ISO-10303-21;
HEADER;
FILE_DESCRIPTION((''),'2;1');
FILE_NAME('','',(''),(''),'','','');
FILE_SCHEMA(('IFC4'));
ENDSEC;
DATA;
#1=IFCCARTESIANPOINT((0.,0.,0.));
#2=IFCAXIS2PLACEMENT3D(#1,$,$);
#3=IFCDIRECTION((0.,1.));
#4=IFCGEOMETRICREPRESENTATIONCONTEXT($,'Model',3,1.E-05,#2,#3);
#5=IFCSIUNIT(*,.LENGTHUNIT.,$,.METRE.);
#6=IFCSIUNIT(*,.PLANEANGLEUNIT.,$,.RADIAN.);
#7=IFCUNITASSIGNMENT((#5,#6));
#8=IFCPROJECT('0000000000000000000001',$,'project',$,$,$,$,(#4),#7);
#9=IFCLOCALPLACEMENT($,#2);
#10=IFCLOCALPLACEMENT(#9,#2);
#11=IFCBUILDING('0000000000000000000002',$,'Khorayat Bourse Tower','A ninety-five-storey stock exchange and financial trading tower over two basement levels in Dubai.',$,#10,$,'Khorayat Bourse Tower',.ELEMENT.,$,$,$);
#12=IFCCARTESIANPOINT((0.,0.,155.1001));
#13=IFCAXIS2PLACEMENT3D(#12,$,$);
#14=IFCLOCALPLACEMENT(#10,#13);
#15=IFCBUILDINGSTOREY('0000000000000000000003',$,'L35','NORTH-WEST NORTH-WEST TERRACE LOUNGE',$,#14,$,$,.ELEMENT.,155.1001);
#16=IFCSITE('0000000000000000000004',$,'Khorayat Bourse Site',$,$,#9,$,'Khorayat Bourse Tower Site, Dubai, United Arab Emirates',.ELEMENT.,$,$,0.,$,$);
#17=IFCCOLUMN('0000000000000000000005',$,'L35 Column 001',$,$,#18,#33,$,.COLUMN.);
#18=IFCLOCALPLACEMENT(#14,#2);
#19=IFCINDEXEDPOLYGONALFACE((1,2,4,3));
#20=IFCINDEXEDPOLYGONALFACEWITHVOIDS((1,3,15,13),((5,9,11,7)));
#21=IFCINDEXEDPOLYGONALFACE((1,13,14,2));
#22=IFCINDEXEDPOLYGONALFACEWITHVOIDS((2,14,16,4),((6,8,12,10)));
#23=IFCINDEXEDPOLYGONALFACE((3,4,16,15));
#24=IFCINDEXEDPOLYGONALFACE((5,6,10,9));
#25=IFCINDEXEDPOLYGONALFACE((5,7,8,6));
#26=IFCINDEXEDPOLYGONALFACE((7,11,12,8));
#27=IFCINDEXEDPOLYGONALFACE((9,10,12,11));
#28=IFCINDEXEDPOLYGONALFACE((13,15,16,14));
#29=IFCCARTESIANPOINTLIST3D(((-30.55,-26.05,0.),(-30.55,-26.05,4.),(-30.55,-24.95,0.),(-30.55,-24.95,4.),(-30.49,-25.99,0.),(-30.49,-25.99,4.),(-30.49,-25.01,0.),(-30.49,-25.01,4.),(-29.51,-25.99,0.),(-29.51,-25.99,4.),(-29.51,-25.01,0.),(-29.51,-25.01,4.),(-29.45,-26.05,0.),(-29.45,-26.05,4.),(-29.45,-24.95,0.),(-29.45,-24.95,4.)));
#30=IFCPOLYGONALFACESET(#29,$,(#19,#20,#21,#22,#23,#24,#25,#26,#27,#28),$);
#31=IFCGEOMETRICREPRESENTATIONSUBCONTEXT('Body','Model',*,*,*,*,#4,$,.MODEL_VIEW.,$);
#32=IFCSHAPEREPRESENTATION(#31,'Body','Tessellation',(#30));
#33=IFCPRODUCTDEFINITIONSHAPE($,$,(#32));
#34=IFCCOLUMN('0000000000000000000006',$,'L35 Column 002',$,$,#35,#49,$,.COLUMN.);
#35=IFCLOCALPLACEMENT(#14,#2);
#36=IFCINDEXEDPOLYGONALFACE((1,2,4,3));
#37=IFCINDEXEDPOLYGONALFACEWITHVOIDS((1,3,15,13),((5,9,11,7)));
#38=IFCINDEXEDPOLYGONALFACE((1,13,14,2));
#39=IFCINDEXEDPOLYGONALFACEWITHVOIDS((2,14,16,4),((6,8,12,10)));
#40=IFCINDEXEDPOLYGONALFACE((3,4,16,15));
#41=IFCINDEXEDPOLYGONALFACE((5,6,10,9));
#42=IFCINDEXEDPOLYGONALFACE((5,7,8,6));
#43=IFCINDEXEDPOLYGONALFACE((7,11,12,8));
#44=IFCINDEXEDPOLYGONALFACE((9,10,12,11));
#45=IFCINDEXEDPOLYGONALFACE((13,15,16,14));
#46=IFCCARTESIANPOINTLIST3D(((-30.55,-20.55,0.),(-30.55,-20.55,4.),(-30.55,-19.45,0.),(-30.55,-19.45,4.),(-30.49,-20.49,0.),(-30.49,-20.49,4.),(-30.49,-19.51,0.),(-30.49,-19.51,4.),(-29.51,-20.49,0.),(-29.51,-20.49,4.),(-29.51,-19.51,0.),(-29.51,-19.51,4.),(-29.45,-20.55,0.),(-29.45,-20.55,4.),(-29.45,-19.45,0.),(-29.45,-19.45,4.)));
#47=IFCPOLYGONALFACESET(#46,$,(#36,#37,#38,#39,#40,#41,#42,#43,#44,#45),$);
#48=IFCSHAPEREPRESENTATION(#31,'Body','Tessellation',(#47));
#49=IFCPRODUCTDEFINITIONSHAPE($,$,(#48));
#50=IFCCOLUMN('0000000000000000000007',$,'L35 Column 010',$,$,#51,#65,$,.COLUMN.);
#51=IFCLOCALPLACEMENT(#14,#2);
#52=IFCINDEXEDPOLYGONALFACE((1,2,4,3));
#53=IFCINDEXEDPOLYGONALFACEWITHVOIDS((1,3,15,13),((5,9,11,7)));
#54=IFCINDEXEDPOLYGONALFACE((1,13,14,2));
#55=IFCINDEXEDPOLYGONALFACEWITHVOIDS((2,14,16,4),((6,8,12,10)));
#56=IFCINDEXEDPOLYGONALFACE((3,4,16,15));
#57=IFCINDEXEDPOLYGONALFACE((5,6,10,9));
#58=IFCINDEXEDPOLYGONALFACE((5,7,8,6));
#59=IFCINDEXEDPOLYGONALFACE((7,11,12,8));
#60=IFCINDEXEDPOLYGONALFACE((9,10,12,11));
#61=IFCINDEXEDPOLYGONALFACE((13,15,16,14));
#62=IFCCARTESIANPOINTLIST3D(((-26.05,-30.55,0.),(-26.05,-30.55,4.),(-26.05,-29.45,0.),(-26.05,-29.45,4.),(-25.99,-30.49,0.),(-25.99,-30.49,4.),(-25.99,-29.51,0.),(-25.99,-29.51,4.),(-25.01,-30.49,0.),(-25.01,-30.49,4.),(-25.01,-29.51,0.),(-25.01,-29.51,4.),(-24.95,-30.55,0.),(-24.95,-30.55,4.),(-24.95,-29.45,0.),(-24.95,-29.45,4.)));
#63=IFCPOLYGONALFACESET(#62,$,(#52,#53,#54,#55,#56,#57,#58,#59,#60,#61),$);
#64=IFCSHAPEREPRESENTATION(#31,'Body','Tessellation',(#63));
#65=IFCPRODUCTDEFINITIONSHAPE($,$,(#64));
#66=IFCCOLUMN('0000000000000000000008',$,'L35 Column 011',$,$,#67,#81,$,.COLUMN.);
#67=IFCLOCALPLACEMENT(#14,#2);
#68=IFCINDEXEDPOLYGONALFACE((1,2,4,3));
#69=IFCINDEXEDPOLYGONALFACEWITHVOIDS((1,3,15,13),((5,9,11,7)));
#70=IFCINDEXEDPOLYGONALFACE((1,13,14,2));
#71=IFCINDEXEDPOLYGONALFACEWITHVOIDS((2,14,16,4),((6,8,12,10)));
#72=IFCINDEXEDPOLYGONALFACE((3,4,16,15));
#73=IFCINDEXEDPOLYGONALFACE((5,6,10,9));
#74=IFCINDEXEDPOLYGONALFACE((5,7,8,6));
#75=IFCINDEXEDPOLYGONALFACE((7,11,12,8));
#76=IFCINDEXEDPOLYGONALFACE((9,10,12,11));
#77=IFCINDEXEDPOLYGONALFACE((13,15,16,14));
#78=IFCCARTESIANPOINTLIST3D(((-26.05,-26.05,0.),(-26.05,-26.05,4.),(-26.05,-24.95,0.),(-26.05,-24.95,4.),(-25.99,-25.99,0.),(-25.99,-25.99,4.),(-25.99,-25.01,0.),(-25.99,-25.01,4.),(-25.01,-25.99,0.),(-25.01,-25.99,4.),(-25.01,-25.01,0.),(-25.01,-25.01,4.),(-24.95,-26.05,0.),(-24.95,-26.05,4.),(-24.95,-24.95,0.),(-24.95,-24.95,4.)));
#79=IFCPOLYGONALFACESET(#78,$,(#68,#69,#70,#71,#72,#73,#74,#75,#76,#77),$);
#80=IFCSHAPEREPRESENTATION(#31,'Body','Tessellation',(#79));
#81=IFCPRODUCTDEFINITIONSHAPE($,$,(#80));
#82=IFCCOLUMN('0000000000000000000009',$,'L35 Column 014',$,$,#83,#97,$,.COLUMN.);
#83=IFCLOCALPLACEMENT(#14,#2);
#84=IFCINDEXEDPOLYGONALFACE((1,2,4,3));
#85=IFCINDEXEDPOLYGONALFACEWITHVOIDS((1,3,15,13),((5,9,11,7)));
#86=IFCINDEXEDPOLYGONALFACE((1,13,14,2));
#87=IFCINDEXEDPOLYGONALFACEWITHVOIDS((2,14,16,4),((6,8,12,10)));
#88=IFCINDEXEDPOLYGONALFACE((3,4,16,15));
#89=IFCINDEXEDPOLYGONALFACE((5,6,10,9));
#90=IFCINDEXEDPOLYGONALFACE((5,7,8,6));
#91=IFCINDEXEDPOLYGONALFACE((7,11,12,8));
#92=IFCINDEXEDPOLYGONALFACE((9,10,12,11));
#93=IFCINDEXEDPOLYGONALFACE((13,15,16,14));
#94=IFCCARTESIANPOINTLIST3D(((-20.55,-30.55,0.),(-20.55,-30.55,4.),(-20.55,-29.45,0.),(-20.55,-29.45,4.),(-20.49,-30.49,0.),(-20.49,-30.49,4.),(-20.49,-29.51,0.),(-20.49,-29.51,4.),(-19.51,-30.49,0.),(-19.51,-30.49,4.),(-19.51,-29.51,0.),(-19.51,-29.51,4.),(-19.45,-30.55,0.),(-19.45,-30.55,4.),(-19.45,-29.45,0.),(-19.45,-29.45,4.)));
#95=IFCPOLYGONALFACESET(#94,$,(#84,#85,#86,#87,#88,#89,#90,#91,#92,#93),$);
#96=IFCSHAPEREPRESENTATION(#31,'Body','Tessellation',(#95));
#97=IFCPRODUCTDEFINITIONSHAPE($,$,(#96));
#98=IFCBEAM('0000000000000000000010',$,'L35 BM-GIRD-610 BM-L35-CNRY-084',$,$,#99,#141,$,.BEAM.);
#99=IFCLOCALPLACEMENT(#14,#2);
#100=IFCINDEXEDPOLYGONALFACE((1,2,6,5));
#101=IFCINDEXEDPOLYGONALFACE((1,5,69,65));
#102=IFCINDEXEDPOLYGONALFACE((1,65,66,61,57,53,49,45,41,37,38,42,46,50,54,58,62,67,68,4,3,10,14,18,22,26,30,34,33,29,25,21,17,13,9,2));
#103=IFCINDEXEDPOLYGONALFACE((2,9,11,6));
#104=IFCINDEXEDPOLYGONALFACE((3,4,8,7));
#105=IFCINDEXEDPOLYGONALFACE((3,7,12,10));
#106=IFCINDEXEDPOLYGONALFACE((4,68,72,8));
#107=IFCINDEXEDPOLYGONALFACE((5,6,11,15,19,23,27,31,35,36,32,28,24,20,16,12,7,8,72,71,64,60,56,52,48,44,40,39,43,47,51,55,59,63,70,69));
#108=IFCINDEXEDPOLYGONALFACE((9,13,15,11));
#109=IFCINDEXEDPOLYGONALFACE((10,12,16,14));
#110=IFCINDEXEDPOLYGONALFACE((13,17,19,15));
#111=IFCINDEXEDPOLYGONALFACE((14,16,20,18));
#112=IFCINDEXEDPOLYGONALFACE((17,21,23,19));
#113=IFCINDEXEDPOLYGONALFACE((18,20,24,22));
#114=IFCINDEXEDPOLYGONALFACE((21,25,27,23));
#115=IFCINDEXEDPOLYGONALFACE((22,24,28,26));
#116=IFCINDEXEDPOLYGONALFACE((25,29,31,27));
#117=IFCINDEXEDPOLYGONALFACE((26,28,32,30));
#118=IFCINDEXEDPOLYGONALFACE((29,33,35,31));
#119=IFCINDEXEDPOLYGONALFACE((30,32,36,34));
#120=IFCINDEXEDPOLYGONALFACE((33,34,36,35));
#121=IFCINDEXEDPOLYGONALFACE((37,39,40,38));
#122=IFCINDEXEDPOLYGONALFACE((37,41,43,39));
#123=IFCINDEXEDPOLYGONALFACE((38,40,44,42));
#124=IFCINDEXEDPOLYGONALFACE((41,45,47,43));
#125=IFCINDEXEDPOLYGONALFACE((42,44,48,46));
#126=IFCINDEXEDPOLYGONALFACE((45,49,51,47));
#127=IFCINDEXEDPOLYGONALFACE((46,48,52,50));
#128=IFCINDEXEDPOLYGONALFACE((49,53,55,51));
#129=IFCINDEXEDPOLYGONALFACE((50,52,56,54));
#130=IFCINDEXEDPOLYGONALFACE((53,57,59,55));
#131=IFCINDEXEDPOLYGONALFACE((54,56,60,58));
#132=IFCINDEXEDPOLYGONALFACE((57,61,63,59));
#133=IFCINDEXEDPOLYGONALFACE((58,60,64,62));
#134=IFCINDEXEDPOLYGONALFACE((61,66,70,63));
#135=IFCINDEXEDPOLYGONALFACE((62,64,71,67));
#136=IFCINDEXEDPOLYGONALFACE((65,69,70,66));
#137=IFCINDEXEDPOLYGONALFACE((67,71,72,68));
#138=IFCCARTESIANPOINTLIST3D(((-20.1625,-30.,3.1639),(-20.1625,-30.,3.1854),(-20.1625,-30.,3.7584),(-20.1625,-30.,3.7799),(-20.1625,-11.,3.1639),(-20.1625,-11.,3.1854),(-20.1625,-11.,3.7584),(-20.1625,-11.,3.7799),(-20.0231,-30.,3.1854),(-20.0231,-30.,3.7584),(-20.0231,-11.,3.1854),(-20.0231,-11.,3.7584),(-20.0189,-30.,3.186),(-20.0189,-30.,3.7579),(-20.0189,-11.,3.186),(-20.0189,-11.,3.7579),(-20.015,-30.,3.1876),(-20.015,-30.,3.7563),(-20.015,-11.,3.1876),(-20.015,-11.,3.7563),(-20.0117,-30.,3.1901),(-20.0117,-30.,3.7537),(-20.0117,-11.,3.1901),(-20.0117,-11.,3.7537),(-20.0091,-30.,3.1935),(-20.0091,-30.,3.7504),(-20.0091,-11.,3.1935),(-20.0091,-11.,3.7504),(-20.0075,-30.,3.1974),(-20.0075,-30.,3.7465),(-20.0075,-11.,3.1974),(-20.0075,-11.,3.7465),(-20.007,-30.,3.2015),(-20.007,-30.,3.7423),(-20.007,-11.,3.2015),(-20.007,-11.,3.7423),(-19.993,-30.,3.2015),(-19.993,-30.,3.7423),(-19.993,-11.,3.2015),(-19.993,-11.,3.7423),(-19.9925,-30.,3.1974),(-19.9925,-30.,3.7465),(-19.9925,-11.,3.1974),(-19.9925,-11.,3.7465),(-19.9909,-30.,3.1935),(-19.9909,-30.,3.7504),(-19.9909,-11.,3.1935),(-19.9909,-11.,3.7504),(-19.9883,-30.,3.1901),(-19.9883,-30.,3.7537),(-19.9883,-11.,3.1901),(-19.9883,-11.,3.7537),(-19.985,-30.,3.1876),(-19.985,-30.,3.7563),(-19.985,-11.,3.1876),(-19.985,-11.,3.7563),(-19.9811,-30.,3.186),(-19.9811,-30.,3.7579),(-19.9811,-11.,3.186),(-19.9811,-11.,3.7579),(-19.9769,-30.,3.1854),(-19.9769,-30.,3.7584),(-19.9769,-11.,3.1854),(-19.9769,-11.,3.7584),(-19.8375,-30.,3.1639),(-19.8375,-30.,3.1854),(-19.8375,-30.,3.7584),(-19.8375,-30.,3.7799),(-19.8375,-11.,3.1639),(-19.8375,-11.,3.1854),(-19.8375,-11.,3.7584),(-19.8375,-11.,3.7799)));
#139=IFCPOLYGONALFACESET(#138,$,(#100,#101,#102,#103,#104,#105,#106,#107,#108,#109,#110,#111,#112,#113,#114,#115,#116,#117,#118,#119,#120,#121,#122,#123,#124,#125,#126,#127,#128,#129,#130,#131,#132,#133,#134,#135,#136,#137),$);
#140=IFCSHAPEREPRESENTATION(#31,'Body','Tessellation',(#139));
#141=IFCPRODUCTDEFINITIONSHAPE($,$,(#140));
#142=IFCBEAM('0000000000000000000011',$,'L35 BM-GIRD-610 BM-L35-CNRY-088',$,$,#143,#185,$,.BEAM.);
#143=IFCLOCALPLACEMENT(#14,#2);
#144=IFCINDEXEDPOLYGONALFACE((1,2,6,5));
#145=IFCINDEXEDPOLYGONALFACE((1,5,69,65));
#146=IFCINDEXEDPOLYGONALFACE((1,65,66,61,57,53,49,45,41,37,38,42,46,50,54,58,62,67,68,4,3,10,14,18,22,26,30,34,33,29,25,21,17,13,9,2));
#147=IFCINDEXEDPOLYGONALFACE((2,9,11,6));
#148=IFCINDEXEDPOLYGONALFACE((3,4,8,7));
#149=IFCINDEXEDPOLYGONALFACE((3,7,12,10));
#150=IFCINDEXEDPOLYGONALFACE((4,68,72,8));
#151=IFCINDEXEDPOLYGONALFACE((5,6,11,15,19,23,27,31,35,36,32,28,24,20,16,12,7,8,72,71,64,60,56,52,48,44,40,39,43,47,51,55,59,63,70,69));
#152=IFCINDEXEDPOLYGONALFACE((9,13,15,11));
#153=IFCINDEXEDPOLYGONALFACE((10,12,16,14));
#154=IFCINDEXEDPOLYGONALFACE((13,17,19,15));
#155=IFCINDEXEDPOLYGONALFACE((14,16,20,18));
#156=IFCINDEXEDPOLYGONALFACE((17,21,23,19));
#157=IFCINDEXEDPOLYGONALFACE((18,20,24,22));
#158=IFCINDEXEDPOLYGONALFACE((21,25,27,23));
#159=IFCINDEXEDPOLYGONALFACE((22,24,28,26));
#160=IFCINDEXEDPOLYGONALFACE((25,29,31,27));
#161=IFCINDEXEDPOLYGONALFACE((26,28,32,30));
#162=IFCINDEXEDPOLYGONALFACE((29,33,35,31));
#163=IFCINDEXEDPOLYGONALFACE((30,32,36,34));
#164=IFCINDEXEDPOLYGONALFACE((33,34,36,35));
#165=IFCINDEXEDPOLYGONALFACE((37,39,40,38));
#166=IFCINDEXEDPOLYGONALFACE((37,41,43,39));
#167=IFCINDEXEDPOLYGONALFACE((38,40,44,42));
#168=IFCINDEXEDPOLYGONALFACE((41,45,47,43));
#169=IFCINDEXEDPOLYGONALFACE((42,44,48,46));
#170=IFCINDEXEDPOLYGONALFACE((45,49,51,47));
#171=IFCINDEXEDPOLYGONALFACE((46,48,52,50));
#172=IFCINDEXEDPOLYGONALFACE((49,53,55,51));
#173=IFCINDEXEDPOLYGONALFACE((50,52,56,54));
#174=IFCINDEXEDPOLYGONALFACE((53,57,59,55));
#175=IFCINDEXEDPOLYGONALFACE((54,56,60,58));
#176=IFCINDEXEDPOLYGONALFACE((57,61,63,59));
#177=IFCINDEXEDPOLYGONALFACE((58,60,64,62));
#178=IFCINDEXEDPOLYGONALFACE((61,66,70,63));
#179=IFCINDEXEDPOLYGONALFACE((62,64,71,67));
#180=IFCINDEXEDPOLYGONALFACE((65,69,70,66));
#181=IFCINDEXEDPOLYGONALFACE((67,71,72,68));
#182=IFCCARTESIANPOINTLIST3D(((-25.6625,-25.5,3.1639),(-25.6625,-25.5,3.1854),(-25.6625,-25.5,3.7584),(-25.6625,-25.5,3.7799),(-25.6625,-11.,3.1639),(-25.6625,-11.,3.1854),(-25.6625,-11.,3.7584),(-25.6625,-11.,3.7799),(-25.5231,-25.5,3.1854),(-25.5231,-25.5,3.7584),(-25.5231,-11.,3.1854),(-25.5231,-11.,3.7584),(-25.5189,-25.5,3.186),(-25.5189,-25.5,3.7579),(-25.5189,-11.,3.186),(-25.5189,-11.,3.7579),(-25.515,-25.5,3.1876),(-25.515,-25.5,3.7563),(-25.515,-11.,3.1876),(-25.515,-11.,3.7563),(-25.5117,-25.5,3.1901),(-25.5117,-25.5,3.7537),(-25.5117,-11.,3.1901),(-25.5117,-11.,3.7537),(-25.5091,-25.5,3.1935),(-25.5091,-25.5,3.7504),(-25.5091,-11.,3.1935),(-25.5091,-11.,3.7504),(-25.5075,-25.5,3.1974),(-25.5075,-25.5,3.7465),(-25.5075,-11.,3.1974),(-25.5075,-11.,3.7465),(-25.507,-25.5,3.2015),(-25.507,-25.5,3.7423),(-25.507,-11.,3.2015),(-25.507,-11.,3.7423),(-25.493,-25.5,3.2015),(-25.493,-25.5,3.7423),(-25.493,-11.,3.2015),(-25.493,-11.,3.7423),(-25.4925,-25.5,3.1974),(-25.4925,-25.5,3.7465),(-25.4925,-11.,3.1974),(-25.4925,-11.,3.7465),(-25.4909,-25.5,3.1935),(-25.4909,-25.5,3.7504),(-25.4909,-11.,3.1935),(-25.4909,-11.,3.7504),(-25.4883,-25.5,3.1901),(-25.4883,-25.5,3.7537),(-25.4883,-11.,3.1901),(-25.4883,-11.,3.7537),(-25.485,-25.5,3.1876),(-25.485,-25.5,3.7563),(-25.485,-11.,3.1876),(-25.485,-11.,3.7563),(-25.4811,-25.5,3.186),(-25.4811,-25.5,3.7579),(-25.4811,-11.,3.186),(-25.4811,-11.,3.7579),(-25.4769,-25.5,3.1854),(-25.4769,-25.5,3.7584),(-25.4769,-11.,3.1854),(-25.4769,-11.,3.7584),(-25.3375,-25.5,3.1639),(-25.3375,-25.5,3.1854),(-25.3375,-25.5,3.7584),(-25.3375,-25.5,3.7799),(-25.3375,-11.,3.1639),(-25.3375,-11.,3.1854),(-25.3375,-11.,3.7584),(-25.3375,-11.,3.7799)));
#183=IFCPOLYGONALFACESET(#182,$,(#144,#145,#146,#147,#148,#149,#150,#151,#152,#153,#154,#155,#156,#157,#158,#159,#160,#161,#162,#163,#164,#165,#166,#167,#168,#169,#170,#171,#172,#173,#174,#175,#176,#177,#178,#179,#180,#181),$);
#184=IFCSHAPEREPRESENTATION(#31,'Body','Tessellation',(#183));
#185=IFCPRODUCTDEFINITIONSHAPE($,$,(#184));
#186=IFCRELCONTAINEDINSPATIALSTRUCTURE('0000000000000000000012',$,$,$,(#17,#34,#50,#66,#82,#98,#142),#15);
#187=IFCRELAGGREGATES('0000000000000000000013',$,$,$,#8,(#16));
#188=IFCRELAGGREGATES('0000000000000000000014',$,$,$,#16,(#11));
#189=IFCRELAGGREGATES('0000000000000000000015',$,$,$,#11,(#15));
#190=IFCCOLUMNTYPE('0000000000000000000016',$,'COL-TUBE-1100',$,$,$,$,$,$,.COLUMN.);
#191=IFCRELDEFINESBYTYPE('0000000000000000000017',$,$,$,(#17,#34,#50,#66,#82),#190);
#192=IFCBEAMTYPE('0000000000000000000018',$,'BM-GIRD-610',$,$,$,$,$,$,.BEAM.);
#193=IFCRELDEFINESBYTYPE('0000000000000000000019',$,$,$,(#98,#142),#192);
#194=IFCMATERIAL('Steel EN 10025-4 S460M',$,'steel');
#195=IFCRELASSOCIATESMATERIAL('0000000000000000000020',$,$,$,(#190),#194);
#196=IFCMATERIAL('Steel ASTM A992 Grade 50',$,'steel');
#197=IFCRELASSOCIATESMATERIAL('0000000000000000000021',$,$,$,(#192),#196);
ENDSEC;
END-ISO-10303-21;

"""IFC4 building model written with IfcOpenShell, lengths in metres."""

from ifc_helpers import new_model, si_unit, direction, frame, origin, origin_2d, place, context, subcontext, project, spatial, hollow_rectangle, i_section, extrude, source, transform, mapped, material, material_profile, profile_set, type_object, element, save


model = new_model("IFC4")

# Units and contexts
model_context = context("Model", 3, precision=1e-05, world=origin(), true_north=direction((0.0, 1.0)))
body_context = subcontext(model_context, "Body", "Model", "MODEL_VIEW")
ifc_project = project(units=[si_unit("LENGTHUNIT", "METRE"), si_unit("PLANEANGLEUNIT", "RADIAN")], contexts=[model_context])

# Site, building, storey
site_placement = place(None, origin())
site = spatial("IfcSite", under=ifc_project, at=site_placement, Name="Khorayat Bourse Site", LongName="Khorayat Bourse Tower Site, Dubai, United Arab Emirates", CompositionType="ELEMENT", RefElevation=0.0)
building_placement = place(site_placement, origin())
building = spatial("IfcBuilding", under=site, at=building_placement, Name="Khorayat Bourse Tower", Description="A ninety-five-storey stock exchange and financial trading tower over two basement levels in Dubai.", LongName="Khorayat Bourse Tower", CompositionType="ELEMENT")
storey_placement = place(building_placement, frame((0.0, 0.0, 155.1001)))
storey = spatial("IfcBuildingStorey", under=building, at=storey_placement, Name="L35", Description="NORTH-WEST NORTH-WEST TERRACE LOUNGE", CompositionType="ELEMENT", Elevation=155.1001)

# Columns
ifc_material_1 = material(Name="Steel EN 10025-4 S460M", Category="steel")
ifc_material_profile_1 = material_profile(ifc_material_1, hollow_rectangle(XDim=1.1001, YDim=1.1001, WallThickness=0.0601, at=origin_2d()), Name="BOX 1100x1100x60")
ifc_profile_set_1 = profile_set([ifc_material_profile_1], Name="Steel EN 10025-4 S460M")
column_type = type_object("IfcColumnType", Name="COL-TUBE-1100", PredefinedType="COLUMN", material=ifc_profile_set_1)
shared_shape_1 = source(origin(), body_context, "Body", "SweptSolid", [
    extrude(hollow_rectangle(XDim=1.1001, YDim=1.1001, WallThickness=0.0601, at=origin_2d()), origin(), (0.0, 0.0, 1.0), 4.0),
])
for number, where, z_axis, x_axis, name in (
    (1, (-30.0, -25.5, 0.0), (0.0, 0.0, 1.0), (1.0, 0.0, 0.0), "L35 Column 001"),
    (2, (-30.0, -20.0, 0.0), (0.0, 0.0, 1.0), (1.0, 0.0, 0.0), "L35 Column 002"),
    (3, (-25.5, -30.0, 0.0), (0.0, 0.0, 1.0), (1.0, 0.0, 0.0), "L35 Column 010"),
    (4, (-25.5, -25.5, 0.0), (0.0, 0.0, 1.0), (1.0, 0.0, 0.0), "L35 Column 011"),
    (5, (-20.0, -30.0, 0.0), (0.0, 0.0, 1.0), (1.0, 0.0, 0.0), "L35 Column 014"),
):
    element("IfcColumn", number, at=place(storey_placement, frame(where, z_axis=z_axis, x_axis=x_axis)), inside=storey, type_object=column_type, Name=name, PredefinedType="COLUMN", context=body_context, shape_type="MappedRepresentation", body=[
        mapped(shared_shape_1, transform((0.0, 0.0, 0.0), scale=1.0)),
    ])

# Beams
ifc_material_2 = material(Name="Steel ASTM A992 Grade 50", Category="steel")
ifc_material_profile_2 = material_profile(ifc_material_2, i_section(OverallWidth=0.325, OverallDepth=0.616, WebThickness=0.0139, FlangeThickness=0.0215, FilletRadius=0.0161, at=origin_2d()), Name="W610X174")
ifc_profile_set_2 = profile_set([ifc_material_profile_2], Name="Steel ASTM A992 Grade 50")
beam_type_1 = type_object("IfcBeamType", Name="BM-GIRD-610", PredefinedType="BEAM", material=ifc_profile_set_2)
shared_shape_2 = source(origin(), body_context, "Body", "SweptSolid", [
    extrude(i_section(OverallWidth=0.325, OverallDepth=0.616, WebThickness=0.0139, FlangeThickness=0.0215, FilletRadius=0.0161, at=origin_2d()), origin(), (0.0, 0.0, 1.0), 19.0),
])
beam_1_placement = place(storey_placement, frame((-20.0, -30.0, 3.4719), z_axis=(0.0, 1.0, 0.0), x_axis=(-1.0, 0.0, 0.0)))
element("IfcBeam", 6, at=beam_1_placement, inside=storey, type_object=beam_type_1, Name="L35 BM-GIRD-610 BM-L35-CNRY-084", PredefinedType="BEAM", context=body_context, shape_type="MappedRepresentation", body=[
    mapped(shared_shape_2, transform((0.0, 0.0, 0.0), scale=1.0)),
])
shared_shape_3 = source(origin(), body_context, "Body", "SweptSolid", [
    extrude(i_section(OverallWidth=0.325, OverallDepth=0.616, WebThickness=0.0139, FlangeThickness=0.0215, FilletRadius=0.0161, at=origin_2d()), origin(), (0.0, 0.0, 1.0), 14.5),
])
beam_2_placement = place(storey_placement, frame((-25.5, -25.5, 3.4719), z_axis=(0.0, 1.0, 0.0), x_axis=(-1.0, 0.0, 0.0)))
element("IfcBeam", 7, at=beam_2_placement, inside=storey, type_object=beam_type_1, Name="L35 BM-GIRD-610 BM-L35-CNRY-088", PredefinedType="BEAM", context=body_context, shape_type="MappedRepresentation", body=[
    mapped(shared_shape_3, transform((0.0, 0.0, 0.0), scale=1.0)),
])

save(model, "model.ifc")
